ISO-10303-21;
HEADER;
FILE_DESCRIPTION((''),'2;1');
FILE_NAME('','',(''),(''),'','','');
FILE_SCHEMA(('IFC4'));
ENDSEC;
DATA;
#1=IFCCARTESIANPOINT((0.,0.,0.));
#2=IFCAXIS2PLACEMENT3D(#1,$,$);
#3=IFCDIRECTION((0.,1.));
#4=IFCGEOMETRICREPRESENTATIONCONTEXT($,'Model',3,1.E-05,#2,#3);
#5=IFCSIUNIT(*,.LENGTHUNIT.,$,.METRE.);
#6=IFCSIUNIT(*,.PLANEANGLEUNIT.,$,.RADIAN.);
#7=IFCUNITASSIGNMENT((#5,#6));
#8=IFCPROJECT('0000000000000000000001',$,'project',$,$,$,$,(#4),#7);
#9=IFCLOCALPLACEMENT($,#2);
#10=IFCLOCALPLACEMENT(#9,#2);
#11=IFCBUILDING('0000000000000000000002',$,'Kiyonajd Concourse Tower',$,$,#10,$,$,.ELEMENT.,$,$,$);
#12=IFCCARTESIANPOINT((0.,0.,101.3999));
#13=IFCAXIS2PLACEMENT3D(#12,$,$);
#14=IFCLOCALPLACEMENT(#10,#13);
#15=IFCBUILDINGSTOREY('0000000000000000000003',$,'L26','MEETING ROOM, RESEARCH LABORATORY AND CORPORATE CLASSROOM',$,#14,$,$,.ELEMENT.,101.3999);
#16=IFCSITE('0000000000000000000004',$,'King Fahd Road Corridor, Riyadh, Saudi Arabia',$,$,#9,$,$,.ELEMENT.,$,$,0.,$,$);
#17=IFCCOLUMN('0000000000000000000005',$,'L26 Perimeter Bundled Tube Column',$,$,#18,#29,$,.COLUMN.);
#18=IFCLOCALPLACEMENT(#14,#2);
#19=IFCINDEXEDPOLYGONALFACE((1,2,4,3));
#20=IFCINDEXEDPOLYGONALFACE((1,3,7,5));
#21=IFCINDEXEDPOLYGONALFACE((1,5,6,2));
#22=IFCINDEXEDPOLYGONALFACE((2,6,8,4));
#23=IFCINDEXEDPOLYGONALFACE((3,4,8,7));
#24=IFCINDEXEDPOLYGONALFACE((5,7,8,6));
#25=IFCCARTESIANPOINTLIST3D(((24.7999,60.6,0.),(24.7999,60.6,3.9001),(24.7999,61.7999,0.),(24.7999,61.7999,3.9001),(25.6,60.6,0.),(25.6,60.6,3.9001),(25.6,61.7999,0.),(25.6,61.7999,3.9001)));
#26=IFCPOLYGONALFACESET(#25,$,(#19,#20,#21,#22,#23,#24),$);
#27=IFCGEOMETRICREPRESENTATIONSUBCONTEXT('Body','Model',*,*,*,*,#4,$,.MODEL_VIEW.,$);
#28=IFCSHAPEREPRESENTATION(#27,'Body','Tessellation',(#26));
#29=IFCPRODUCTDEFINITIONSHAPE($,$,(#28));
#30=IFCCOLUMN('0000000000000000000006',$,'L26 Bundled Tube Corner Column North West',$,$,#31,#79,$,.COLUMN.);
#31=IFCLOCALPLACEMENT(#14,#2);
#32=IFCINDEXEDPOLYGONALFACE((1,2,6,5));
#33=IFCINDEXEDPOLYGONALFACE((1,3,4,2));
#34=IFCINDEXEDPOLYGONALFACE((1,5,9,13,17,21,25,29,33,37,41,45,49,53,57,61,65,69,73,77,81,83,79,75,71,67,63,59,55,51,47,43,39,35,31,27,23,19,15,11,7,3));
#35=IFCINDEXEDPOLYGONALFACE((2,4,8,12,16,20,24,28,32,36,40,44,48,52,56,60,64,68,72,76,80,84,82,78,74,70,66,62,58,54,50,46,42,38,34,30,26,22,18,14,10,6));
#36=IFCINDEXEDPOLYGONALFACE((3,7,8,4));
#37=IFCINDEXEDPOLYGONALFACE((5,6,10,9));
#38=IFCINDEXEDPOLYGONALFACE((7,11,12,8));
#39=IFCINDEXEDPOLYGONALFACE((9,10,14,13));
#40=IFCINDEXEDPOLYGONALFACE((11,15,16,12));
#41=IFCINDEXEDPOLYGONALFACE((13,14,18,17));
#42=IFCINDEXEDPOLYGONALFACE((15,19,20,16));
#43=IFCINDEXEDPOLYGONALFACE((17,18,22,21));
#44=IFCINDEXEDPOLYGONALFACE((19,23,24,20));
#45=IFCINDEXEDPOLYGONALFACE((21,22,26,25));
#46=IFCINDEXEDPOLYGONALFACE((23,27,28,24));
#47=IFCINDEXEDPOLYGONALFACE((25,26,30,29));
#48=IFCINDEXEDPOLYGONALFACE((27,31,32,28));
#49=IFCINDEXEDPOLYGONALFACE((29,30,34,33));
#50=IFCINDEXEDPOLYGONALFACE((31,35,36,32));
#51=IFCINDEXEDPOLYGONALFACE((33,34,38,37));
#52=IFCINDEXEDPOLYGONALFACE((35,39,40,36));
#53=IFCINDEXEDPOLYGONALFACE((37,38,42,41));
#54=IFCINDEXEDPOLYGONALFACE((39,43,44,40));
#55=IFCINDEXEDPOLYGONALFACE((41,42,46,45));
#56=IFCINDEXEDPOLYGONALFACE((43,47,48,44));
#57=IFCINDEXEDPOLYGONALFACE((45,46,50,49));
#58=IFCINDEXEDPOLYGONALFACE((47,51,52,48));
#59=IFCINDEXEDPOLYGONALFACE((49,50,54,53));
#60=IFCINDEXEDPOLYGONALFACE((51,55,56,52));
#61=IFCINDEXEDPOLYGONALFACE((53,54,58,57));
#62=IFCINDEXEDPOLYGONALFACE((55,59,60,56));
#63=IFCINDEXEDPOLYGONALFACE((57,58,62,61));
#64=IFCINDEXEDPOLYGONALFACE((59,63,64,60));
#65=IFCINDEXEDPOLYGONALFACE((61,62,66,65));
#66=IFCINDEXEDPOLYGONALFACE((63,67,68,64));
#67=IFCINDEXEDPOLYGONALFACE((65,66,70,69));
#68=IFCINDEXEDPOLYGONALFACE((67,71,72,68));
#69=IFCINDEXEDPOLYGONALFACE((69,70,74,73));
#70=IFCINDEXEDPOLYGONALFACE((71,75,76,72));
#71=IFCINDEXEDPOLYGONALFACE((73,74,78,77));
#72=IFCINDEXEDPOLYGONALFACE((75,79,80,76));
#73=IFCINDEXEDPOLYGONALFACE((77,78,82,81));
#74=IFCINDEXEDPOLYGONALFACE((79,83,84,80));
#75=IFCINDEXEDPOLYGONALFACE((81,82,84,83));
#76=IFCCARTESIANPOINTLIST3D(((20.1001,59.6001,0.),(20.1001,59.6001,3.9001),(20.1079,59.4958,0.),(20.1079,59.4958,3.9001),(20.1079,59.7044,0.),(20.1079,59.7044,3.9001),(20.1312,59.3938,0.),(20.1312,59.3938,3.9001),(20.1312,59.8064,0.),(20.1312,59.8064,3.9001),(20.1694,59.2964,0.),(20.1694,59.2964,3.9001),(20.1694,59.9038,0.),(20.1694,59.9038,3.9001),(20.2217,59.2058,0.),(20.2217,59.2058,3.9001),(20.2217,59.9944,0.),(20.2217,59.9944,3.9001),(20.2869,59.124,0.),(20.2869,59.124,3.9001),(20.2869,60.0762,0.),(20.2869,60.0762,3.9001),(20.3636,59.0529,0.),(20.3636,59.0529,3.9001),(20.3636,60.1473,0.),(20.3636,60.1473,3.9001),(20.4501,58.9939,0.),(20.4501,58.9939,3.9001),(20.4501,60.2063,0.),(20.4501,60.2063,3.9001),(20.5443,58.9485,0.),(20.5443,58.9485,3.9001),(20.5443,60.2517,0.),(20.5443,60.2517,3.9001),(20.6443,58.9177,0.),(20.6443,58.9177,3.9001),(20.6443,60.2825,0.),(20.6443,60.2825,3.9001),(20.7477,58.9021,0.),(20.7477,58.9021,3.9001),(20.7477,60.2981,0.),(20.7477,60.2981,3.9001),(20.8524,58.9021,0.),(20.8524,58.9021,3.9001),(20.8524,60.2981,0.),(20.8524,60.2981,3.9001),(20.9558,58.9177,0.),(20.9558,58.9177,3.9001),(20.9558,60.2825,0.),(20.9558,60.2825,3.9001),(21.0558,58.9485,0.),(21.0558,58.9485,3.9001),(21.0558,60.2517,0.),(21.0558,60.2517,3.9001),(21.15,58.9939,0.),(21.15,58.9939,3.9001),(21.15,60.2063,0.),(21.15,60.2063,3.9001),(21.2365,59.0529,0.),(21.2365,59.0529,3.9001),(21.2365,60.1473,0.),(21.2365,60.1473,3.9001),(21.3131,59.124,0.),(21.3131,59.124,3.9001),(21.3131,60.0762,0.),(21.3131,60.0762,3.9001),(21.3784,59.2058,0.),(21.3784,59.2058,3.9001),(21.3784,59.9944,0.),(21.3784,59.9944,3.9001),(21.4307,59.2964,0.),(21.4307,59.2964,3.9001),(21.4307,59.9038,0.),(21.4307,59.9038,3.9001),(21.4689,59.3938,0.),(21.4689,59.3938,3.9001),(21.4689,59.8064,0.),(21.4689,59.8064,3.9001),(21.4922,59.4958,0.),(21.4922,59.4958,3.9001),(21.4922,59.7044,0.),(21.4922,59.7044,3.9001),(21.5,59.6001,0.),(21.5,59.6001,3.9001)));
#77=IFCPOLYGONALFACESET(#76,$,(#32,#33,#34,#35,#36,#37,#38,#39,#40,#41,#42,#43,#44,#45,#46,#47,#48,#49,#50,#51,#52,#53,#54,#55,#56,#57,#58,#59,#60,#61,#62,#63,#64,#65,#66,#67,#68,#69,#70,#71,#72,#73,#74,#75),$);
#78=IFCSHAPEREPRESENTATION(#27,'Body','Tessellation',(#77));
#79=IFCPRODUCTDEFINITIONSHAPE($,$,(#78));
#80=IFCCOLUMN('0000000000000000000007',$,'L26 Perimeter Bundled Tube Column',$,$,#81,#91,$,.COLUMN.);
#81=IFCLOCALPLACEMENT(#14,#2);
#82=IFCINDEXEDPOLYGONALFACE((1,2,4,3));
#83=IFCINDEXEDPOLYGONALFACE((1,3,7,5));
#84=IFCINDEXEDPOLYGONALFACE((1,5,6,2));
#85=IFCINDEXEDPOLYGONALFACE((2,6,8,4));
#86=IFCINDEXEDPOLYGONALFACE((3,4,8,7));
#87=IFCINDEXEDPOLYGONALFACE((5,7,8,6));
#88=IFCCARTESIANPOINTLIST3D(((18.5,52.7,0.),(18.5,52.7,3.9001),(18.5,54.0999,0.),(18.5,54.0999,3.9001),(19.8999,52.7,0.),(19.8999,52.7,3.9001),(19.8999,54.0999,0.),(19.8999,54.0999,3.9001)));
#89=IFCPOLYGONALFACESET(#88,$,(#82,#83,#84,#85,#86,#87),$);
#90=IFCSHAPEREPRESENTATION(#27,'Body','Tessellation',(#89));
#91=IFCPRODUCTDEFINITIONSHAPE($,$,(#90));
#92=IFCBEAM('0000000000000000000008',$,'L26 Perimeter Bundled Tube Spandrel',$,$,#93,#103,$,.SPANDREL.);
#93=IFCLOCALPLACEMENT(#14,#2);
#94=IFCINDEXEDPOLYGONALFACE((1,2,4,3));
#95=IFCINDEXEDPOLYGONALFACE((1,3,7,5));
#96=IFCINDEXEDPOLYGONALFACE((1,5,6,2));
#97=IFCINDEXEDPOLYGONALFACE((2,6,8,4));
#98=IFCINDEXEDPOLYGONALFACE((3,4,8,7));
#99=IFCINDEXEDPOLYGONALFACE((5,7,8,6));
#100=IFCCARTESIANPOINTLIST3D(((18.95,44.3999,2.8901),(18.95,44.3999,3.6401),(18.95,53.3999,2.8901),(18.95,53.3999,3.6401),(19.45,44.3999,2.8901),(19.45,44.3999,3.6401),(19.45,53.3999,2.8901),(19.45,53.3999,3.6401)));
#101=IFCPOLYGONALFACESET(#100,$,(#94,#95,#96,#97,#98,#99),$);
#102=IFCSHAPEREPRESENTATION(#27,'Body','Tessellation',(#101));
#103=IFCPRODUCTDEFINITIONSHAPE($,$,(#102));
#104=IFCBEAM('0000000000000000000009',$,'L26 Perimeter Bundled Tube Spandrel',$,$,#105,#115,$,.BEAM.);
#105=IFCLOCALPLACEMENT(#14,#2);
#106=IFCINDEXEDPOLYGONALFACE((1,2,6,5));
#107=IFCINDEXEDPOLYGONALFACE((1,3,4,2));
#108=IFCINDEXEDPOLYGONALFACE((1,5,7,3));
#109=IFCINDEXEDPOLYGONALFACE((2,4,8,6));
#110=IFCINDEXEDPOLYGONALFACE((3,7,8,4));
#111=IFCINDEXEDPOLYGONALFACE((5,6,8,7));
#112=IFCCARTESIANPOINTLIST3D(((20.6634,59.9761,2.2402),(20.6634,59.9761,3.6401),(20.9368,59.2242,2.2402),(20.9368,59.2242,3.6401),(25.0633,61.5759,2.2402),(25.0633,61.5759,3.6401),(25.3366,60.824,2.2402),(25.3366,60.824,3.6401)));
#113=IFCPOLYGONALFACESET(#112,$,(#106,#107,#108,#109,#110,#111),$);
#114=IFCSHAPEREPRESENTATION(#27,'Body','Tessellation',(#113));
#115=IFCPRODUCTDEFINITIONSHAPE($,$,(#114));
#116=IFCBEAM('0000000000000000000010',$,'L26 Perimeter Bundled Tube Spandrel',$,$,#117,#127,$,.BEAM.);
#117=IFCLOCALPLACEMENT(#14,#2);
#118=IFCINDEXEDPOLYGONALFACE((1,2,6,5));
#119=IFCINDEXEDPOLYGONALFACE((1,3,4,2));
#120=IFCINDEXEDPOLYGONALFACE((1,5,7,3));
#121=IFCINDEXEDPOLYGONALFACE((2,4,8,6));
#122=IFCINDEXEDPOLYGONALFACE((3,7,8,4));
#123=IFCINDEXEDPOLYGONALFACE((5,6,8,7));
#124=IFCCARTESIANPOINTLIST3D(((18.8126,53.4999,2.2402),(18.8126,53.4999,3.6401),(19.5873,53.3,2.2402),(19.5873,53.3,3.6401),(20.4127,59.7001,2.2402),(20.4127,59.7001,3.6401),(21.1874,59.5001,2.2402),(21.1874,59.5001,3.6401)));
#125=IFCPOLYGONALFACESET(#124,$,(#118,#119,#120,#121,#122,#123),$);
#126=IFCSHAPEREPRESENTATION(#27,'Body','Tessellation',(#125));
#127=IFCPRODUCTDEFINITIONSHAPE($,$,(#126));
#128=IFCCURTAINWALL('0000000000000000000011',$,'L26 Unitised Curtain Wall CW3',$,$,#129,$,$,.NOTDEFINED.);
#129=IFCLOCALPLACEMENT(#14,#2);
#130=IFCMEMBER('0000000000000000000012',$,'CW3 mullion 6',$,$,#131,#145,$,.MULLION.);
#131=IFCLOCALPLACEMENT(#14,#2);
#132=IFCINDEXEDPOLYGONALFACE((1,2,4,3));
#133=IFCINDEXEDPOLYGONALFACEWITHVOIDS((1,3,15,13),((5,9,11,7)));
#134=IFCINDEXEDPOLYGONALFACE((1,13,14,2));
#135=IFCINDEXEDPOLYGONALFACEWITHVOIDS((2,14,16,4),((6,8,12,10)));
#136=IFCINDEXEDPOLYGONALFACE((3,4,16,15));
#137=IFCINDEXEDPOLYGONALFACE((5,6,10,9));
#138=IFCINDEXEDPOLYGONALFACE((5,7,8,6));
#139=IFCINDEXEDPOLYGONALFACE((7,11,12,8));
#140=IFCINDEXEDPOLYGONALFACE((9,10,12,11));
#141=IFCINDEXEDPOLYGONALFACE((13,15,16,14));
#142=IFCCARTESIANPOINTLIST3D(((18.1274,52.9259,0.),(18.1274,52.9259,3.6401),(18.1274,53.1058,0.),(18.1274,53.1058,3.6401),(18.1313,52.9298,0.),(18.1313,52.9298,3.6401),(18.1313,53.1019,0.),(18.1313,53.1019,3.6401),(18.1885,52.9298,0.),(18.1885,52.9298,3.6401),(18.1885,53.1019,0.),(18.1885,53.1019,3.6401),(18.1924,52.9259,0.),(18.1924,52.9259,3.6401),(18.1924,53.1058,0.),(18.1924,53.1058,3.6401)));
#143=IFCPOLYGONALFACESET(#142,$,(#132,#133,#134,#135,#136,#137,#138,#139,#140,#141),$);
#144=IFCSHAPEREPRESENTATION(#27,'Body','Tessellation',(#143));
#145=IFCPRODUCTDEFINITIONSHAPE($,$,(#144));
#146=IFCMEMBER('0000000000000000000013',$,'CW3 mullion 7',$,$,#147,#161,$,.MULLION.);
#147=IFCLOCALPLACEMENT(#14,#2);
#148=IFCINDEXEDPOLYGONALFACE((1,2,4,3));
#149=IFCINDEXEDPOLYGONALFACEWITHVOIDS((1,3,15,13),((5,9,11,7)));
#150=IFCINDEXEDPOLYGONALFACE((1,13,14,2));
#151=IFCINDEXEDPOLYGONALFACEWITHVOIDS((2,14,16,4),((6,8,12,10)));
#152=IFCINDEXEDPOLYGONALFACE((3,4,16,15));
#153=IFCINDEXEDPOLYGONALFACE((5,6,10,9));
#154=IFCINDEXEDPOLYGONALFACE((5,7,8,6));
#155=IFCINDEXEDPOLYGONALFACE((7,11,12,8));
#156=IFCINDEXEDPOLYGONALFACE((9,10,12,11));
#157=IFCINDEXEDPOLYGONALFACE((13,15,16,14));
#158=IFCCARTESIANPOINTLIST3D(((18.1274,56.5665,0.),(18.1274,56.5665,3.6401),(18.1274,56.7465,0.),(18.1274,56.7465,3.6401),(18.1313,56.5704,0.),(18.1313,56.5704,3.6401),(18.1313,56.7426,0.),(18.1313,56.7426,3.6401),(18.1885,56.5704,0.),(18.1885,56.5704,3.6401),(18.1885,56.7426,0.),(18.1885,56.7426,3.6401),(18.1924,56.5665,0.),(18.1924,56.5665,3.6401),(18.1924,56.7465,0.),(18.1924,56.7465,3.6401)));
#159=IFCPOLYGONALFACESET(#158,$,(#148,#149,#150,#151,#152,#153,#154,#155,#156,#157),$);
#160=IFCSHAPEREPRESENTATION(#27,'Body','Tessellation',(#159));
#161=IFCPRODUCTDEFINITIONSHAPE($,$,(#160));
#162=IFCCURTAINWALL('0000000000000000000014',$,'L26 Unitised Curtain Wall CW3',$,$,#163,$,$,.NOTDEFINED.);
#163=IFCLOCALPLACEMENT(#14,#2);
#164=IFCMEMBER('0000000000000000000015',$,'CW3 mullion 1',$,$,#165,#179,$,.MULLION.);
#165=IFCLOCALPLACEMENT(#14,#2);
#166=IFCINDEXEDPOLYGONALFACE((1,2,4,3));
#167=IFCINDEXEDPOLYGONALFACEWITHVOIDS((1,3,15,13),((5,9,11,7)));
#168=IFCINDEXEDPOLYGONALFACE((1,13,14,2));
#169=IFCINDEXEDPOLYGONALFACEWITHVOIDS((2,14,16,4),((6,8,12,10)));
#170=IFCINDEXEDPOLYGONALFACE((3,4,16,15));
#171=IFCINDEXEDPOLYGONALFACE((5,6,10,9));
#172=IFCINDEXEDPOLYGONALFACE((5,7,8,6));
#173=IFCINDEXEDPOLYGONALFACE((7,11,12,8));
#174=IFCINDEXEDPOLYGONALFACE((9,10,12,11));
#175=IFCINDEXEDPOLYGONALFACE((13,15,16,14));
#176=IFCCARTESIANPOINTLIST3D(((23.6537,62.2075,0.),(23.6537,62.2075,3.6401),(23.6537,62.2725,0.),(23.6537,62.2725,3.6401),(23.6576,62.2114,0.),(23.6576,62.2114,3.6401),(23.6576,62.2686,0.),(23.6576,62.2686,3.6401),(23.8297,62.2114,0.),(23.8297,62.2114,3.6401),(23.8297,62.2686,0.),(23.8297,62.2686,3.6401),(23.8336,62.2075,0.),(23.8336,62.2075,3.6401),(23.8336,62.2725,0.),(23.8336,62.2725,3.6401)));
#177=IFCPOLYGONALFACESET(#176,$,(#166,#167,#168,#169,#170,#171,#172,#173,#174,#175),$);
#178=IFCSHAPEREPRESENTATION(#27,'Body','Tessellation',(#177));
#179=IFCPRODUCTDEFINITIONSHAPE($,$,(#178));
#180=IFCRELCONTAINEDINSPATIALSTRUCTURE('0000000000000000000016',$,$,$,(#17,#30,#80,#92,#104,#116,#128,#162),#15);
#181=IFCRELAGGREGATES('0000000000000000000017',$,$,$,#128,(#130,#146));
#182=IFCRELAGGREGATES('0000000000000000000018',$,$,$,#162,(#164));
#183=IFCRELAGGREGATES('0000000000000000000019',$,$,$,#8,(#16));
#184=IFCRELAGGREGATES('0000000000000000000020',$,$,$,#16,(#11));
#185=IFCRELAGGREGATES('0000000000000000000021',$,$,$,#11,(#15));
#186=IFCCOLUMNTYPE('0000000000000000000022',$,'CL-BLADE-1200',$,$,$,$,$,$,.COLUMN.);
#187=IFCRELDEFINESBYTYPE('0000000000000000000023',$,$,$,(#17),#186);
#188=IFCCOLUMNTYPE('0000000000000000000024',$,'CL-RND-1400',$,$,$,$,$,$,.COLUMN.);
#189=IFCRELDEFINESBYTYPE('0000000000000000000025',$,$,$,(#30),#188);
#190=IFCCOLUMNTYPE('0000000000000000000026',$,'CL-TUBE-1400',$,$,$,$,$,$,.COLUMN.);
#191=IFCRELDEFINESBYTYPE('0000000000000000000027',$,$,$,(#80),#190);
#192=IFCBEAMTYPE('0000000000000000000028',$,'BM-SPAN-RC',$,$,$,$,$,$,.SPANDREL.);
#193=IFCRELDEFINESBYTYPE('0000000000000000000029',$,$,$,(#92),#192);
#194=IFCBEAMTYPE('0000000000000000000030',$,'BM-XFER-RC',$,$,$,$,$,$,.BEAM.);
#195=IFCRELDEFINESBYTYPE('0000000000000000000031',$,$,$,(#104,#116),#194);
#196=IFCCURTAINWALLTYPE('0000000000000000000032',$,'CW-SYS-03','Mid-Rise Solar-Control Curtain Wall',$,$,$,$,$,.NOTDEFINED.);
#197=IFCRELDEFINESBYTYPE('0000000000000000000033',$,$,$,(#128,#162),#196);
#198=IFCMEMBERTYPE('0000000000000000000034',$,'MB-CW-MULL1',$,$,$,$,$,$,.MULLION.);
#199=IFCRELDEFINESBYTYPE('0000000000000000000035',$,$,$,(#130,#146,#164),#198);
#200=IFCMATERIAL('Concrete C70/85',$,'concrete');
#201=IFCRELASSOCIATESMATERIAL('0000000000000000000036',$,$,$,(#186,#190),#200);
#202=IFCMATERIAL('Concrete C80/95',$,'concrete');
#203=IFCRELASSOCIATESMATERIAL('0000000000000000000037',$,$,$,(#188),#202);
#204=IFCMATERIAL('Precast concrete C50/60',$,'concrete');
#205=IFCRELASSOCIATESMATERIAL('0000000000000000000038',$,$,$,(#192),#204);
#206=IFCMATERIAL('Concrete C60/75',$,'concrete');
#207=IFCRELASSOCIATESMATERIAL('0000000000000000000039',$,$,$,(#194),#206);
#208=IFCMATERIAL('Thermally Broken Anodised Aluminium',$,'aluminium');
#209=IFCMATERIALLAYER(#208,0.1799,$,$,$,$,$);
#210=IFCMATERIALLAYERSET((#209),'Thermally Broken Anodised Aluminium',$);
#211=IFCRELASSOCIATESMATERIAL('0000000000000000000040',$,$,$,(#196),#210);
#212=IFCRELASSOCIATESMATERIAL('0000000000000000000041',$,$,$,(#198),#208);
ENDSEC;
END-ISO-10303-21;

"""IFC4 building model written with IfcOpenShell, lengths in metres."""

from ifc_helpers import new_model, si_unit, direction, frame, origin, origin_2d, place, context, subcontext, project, spatial, rectangle, hollow_rectangle, circle, extrude, material, layer, layer_set, material_profile, profile_set, type_object, element, aggregate, save


model = new_model("IFC4")

# Units and contexts
model_context = context("Model", 3, precision=1e-05, world=origin(), true_north=direction((0.0, 1.0)))
body_context = subcontext(model_context, "Body", "Model", "MODEL_VIEW")
ifc_project = project(units=[si_unit("LENGTHUNIT", "METRE"), si_unit("PLANEANGLEUNIT", "RADIAN")], contexts=[model_context])

# Site, building, storey
site_placement = place(None, origin())
site = spatial("IfcSite", under=ifc_project, at=site_placement, Name="King Fahd Road Corridor, Riyadh, Saudi Arabia", CompositionType="ELEMENT", RefElevation=0.0)
building_placement = place(site_placement, origin())
building = spatial("IfcBuilding", under=site, at=building_placement, Name="Kiyonajd Concourse Tower", CompositionType="ELEMENT")
storey_placement = place(building_placement, frame((0.0, 0.0, 101.3999)))
storey = spatial("IfcBuildingStorey", under=building, at=storey_placement, Name="L26", Description="MEETING ROOM, RESEARCH LABORATORY AND CORPORATE CLASSROOM", CompositionType="ELEMENT", Elevation=101.3999)

# Columns
ifc_material_1 = material(Name="Concrete C70/85", Category="concrete")
ifc_material_profile_1 = material_profile(ifc_material_1, rectangle(XDim=0.8, YDim=1.2, at=origin_2d()), Name="RC-1200x800")
ifc_profile_set_1 = profile_set([ifc_material_profile_1], Name="Concrete C70/85")
column_type_1 = type_object("IfcColumnType", Name="CL-BLADE-1200", PredefinedType="COLUMN", material=ifc_profile_set_1)
column_1_placement = place(storey_placement, frame((25.2, 61.2, 0.0), z_axis=(0.0, 0.0, 1.0), x_axis=(1.0, 0.0, 0.0)))
element("IfcColumn", 1, at=column_1_placement, inside=storey, type_object=column_type_1, Name="L26 Perimeter Bundled Tube Column", PredefinedType="COLUMN", context=body_context, shape_type="SweptSolid", body=[
    extrude(rectangle(XDim=0.8, YDim=1.2, at=origin_2d()), origin(), (0.0, 0.0, 1.0), 3.9001),
])
ifc_material_2 = material(Name="Concrete C80/95", Category="concrete")
ifc_material_profile_2 = material_profile(ifc_material_2, circle(Radius=0.7, at=origin_2d()), Name="RCC-D1400")
ifc_profile_set_2 = profile_set([ifc_material_profile_2], Name="Concrete C80/95")
column_type_2 = type_object("IfcColumnType", Name="CL-RND-1400", PredefinedType="COLUMN", material=ifc_profile_set_2)
column_2_placement = place(storey_placement, frame((20.8, 59.6001, 0.0), z_axis=(0.0, 0.0, 1.0), x_axis=(1.0, 0.0, 0.0)))
element("IfcColumn", 2, at=column_2_placement, inside=storey, type_object=column_type_2, Name="L26 Bundled Tube Corner Column North West", PredefinedType="COLUMN", context=body_context, shape_type="SweptSolid", body=[
    extrude(circle(Radius=0.7, at=origin_2d()), origin(), (0.0, 0.0, 1.0), 3.9001),
])
ifc_material_profile_3 = material_profile(ifc_material_1, rectangle(XDim=1.3999, YDim=1.3999, at=origin_2d()), Name="RC-1400x1400")
ifc_profile_set_3 = profile_set([ifc_material_profile_3], Name="Concrete C70/85")
column_type_3 = type_object("IfcColumnType", Name="CL-TUBE-1400", PredefinedType="COLUMN", material=ifc_profile_set_3)
column_3_placement = place(storey_placement, frame((19.2, 53.3999, 0.0), z_axis=(0.0, 0.0, 1.0), x_axis=(1.0, 0.0, 0.0)))
element("IfcColumn", 3, at=column_3_placement, inside=storey, type_object=column_type_3, Name="L26 Perimeter Bundled Tube Column", PredefinedType="COLUMN", context=body_context, shape_type="SweptSolid", body=[
    extrude(rectangle(XDim=1.3999, YDim=1.3999, at=origin_2d()), origin(), (0.0, 0.0, 1.0), 3.9001),
])

# Beams
ifc_material_3 = material(Name="Precast concrete C50/60", Category="concrete")
ifc_material_profile_4 = material_profile(ifc_material_3, rectangle(XDim=0.5, YDim=0.75, at=origin_2d()), Name="RCBM-500x750")
ifc_profile_set_4 = profile_set([ifc_material_profile_4], Name="Precast concrete C50/60")
beam_type_1 = type_object("IfcBeamType", Name="BM-SPAN-RC", PredefinedType="SPANDREL", material=ifc_profile_set_4)
beam_1_placement = place(storey_placement, frame((19.2, 53.3999, 3.2651), z_axis=(0.0, -1.0, 0.0), x_axis=(1.0, 0.0, 0.0)))
element("IfcBeam", 4, at=beam_1_placement, inside=storey, type_object=beam_type_1, Name="L26 Perimeter Bundled Tube Spandrel", PredefinedType="SPANDREL", context=body_context, shape_type="SweptSolid", body=[
    extrude(rectangle(XDim=0.5, YDim=0.75, at=origin_2d()), origin(), (0.0, 0.0, 1.0), 9.0),
])
ifc_material_4 = material(Name="Concrete C60/75", Category="concrete")
ifc_material_profile_5 = material_profile(ifc_material_4, rectangle(XDim=0.8, YDim=1.3999, at=origin_2d()), Name="RCBM-800x1400")
ifc_profile_set_5 = profile_set([ifc_material_profile_5], Name="Concrete C60/75")
beam_type_2 = type_object("IfcBeamType", Name="BM-XFER-RC", PredefinedType="BEAM", material=ifc_profile_set_5)
beam_2_placement = place(storey_placement, frame((25.2, 61.2, 2.9402), z_axis=(-0.939801, -0.341722, 0.0), x_axis=(0.341722, -0.939801, 0.0)))
element("IfcBeam", 5, at=beam_2_placement, inside=storey, type_object=beam_type_2, Name="L26 Perimeter Bundled Tube Spandrel", PredefinedType="BEAM", context=body_context, shape_type="SweptSolid", body=[
    extrude(rectangle(XDim=0.8, YDim=1.3999, at=origin_2d()), origin(), (0.0, 0.0, 1.0), 4.6816),
])
beam_3_placement = place(storey_placement, frame((20.8, 59.6001, 2.9402), z_axis=(-0.249885, -0.968276, 0.0), x_axis=(0.968276, -0.249885, 0.0)))
element("IfcBeam", 6, at=beam_3_placement, inside=storey, type_object=beam_type_2, Name="L26 Perimeter Bundled Tube Spandrel", PredefinedType="BEAM", context=body_context, shape_type="SweptSolid", body=[
    extrude(rectangle(XDim=0.8, YDim=1.3999, at=origin_2d()), origin(), (0.0, 0.0, 1.0), 6.4033),
])

# Curtain walls, members
ifc_material_5 = material(Name="Thermally Broken Anodised Aluminium", Category="aluminium")
ifc_layer_1 = layer(ifc_material_5, 0.1799)
ifc_layer_set_1 = layer_set([ifc_layer_1], Name="Thermally Broken Anodised Aluminium")
curtain_wall_type = type_object("IfcCurtainWallType", Name="CW-SYS-03", Description="Mid-Rise Solar-Control Curtain Wall", PredefinedType="NOTDEFINED", material=ifc_layer_set_1)
curtain_wall_1_placement = place(storey_placement, origin())
curtain_wall_1 = element("IfcCurtainWall", 7, at=curtain_wall_1_placement, inside=storey, type_object=curtain_wall_type, Name="L26 Unitised Curtain Wall CW3", PredefinedType="NOTDEFINED")
ifc_material_profile_6 = material_profile(ifc_material_5, hollow_rectangle(XDim=0.0649, YDim=0.1799, WallThickness=0.0039, at=origin_2d()), Name="MULL-65x180")
ifc_profile_set_6 = profile_set([ifc_material_profile_6], Name="Thermally Broken Anodised Aluminium")
member_type_1 = type_object("IfcMemberType", Name="MB-CW-MULL1", PredefinedType="MULLION", material=ifc_profile_set_6)
member_1_placement = place(storey_placement, frame((18.1599, 53.0159, 0.0), z_axis=(0.0, 0.0, 1.0), x_axis=(-1.0, 0.0, 0.0)))
member_1 = element("IfcMember", 8, at=member_1_placement, type_object=member_type_1, Name="CW3 mullion 6", PredefinedType="MULLION", context=body_context, shape_type="SweptSolid", body=[
    extrude(hollow_rectangle(XDim=0.0649, YDim=0.1799, WallThickness=0.0039, at=origin_2d()), origin(), (0.0, 0.0, 1.0), 3.6401),
])
member_2_placement = place(storey_placement, frame((18.1599, 56.6565, 0.0), z_axis=(0.0, 0.0, 1.0), x_axis=(-1.0, 0.0, 0.0)))
member_2 = element("IfcMember", 9, at=member_2_placement, type_object=member_type_1, Name="CW3 mullion 7", PredefinedType="MULLION", context=body_context, shape_type="SweptSolid", body=[
    extrude(hollow_rectangle(XDim=0.0649, YDim=0.1799, WallThickness=0.0039, at=origin_2d()), origin(), (0.0, 0.0, 1.0), 3.6401),
])
curtain_wall_2_placement = place(storey_placement, origin())
curtain_wall_2 = element("IfcCurtainWall", 10, at=curtain_wall_2_placement, inside=storey, type_object=curtain_wall_type, Name="L26 Unitised Curtain Wall CW3", PredefinedType="NOTDEFINED")
member_3_placement = place(storey_placement, frame((23.7437, 62.24, 0.0), z_axis=(0.0, 0.0, 1.0), x_axis=(0.0, 1.0, 0.0)))
member_3 = element("IfcMember", 11, at=member_3_placement, type_object=member_type_1, Name="CW3 mullion 1", PredefinedType="MULLION", context=body_context, shape_type="SweptSolid", body=[
    extrude(hollow_rectangle(XDim=0.0649, YDim=0.1799, WallThickness=0.0039, at=origin_2d()), origin(), (0.0, 0.0, 1.0), 3.6401),
])

aggregate(curtain_wall_1, [member_1, member_2])
aggregate(curtain_wall_2, [member_3])

save(model, "model.ifc")
